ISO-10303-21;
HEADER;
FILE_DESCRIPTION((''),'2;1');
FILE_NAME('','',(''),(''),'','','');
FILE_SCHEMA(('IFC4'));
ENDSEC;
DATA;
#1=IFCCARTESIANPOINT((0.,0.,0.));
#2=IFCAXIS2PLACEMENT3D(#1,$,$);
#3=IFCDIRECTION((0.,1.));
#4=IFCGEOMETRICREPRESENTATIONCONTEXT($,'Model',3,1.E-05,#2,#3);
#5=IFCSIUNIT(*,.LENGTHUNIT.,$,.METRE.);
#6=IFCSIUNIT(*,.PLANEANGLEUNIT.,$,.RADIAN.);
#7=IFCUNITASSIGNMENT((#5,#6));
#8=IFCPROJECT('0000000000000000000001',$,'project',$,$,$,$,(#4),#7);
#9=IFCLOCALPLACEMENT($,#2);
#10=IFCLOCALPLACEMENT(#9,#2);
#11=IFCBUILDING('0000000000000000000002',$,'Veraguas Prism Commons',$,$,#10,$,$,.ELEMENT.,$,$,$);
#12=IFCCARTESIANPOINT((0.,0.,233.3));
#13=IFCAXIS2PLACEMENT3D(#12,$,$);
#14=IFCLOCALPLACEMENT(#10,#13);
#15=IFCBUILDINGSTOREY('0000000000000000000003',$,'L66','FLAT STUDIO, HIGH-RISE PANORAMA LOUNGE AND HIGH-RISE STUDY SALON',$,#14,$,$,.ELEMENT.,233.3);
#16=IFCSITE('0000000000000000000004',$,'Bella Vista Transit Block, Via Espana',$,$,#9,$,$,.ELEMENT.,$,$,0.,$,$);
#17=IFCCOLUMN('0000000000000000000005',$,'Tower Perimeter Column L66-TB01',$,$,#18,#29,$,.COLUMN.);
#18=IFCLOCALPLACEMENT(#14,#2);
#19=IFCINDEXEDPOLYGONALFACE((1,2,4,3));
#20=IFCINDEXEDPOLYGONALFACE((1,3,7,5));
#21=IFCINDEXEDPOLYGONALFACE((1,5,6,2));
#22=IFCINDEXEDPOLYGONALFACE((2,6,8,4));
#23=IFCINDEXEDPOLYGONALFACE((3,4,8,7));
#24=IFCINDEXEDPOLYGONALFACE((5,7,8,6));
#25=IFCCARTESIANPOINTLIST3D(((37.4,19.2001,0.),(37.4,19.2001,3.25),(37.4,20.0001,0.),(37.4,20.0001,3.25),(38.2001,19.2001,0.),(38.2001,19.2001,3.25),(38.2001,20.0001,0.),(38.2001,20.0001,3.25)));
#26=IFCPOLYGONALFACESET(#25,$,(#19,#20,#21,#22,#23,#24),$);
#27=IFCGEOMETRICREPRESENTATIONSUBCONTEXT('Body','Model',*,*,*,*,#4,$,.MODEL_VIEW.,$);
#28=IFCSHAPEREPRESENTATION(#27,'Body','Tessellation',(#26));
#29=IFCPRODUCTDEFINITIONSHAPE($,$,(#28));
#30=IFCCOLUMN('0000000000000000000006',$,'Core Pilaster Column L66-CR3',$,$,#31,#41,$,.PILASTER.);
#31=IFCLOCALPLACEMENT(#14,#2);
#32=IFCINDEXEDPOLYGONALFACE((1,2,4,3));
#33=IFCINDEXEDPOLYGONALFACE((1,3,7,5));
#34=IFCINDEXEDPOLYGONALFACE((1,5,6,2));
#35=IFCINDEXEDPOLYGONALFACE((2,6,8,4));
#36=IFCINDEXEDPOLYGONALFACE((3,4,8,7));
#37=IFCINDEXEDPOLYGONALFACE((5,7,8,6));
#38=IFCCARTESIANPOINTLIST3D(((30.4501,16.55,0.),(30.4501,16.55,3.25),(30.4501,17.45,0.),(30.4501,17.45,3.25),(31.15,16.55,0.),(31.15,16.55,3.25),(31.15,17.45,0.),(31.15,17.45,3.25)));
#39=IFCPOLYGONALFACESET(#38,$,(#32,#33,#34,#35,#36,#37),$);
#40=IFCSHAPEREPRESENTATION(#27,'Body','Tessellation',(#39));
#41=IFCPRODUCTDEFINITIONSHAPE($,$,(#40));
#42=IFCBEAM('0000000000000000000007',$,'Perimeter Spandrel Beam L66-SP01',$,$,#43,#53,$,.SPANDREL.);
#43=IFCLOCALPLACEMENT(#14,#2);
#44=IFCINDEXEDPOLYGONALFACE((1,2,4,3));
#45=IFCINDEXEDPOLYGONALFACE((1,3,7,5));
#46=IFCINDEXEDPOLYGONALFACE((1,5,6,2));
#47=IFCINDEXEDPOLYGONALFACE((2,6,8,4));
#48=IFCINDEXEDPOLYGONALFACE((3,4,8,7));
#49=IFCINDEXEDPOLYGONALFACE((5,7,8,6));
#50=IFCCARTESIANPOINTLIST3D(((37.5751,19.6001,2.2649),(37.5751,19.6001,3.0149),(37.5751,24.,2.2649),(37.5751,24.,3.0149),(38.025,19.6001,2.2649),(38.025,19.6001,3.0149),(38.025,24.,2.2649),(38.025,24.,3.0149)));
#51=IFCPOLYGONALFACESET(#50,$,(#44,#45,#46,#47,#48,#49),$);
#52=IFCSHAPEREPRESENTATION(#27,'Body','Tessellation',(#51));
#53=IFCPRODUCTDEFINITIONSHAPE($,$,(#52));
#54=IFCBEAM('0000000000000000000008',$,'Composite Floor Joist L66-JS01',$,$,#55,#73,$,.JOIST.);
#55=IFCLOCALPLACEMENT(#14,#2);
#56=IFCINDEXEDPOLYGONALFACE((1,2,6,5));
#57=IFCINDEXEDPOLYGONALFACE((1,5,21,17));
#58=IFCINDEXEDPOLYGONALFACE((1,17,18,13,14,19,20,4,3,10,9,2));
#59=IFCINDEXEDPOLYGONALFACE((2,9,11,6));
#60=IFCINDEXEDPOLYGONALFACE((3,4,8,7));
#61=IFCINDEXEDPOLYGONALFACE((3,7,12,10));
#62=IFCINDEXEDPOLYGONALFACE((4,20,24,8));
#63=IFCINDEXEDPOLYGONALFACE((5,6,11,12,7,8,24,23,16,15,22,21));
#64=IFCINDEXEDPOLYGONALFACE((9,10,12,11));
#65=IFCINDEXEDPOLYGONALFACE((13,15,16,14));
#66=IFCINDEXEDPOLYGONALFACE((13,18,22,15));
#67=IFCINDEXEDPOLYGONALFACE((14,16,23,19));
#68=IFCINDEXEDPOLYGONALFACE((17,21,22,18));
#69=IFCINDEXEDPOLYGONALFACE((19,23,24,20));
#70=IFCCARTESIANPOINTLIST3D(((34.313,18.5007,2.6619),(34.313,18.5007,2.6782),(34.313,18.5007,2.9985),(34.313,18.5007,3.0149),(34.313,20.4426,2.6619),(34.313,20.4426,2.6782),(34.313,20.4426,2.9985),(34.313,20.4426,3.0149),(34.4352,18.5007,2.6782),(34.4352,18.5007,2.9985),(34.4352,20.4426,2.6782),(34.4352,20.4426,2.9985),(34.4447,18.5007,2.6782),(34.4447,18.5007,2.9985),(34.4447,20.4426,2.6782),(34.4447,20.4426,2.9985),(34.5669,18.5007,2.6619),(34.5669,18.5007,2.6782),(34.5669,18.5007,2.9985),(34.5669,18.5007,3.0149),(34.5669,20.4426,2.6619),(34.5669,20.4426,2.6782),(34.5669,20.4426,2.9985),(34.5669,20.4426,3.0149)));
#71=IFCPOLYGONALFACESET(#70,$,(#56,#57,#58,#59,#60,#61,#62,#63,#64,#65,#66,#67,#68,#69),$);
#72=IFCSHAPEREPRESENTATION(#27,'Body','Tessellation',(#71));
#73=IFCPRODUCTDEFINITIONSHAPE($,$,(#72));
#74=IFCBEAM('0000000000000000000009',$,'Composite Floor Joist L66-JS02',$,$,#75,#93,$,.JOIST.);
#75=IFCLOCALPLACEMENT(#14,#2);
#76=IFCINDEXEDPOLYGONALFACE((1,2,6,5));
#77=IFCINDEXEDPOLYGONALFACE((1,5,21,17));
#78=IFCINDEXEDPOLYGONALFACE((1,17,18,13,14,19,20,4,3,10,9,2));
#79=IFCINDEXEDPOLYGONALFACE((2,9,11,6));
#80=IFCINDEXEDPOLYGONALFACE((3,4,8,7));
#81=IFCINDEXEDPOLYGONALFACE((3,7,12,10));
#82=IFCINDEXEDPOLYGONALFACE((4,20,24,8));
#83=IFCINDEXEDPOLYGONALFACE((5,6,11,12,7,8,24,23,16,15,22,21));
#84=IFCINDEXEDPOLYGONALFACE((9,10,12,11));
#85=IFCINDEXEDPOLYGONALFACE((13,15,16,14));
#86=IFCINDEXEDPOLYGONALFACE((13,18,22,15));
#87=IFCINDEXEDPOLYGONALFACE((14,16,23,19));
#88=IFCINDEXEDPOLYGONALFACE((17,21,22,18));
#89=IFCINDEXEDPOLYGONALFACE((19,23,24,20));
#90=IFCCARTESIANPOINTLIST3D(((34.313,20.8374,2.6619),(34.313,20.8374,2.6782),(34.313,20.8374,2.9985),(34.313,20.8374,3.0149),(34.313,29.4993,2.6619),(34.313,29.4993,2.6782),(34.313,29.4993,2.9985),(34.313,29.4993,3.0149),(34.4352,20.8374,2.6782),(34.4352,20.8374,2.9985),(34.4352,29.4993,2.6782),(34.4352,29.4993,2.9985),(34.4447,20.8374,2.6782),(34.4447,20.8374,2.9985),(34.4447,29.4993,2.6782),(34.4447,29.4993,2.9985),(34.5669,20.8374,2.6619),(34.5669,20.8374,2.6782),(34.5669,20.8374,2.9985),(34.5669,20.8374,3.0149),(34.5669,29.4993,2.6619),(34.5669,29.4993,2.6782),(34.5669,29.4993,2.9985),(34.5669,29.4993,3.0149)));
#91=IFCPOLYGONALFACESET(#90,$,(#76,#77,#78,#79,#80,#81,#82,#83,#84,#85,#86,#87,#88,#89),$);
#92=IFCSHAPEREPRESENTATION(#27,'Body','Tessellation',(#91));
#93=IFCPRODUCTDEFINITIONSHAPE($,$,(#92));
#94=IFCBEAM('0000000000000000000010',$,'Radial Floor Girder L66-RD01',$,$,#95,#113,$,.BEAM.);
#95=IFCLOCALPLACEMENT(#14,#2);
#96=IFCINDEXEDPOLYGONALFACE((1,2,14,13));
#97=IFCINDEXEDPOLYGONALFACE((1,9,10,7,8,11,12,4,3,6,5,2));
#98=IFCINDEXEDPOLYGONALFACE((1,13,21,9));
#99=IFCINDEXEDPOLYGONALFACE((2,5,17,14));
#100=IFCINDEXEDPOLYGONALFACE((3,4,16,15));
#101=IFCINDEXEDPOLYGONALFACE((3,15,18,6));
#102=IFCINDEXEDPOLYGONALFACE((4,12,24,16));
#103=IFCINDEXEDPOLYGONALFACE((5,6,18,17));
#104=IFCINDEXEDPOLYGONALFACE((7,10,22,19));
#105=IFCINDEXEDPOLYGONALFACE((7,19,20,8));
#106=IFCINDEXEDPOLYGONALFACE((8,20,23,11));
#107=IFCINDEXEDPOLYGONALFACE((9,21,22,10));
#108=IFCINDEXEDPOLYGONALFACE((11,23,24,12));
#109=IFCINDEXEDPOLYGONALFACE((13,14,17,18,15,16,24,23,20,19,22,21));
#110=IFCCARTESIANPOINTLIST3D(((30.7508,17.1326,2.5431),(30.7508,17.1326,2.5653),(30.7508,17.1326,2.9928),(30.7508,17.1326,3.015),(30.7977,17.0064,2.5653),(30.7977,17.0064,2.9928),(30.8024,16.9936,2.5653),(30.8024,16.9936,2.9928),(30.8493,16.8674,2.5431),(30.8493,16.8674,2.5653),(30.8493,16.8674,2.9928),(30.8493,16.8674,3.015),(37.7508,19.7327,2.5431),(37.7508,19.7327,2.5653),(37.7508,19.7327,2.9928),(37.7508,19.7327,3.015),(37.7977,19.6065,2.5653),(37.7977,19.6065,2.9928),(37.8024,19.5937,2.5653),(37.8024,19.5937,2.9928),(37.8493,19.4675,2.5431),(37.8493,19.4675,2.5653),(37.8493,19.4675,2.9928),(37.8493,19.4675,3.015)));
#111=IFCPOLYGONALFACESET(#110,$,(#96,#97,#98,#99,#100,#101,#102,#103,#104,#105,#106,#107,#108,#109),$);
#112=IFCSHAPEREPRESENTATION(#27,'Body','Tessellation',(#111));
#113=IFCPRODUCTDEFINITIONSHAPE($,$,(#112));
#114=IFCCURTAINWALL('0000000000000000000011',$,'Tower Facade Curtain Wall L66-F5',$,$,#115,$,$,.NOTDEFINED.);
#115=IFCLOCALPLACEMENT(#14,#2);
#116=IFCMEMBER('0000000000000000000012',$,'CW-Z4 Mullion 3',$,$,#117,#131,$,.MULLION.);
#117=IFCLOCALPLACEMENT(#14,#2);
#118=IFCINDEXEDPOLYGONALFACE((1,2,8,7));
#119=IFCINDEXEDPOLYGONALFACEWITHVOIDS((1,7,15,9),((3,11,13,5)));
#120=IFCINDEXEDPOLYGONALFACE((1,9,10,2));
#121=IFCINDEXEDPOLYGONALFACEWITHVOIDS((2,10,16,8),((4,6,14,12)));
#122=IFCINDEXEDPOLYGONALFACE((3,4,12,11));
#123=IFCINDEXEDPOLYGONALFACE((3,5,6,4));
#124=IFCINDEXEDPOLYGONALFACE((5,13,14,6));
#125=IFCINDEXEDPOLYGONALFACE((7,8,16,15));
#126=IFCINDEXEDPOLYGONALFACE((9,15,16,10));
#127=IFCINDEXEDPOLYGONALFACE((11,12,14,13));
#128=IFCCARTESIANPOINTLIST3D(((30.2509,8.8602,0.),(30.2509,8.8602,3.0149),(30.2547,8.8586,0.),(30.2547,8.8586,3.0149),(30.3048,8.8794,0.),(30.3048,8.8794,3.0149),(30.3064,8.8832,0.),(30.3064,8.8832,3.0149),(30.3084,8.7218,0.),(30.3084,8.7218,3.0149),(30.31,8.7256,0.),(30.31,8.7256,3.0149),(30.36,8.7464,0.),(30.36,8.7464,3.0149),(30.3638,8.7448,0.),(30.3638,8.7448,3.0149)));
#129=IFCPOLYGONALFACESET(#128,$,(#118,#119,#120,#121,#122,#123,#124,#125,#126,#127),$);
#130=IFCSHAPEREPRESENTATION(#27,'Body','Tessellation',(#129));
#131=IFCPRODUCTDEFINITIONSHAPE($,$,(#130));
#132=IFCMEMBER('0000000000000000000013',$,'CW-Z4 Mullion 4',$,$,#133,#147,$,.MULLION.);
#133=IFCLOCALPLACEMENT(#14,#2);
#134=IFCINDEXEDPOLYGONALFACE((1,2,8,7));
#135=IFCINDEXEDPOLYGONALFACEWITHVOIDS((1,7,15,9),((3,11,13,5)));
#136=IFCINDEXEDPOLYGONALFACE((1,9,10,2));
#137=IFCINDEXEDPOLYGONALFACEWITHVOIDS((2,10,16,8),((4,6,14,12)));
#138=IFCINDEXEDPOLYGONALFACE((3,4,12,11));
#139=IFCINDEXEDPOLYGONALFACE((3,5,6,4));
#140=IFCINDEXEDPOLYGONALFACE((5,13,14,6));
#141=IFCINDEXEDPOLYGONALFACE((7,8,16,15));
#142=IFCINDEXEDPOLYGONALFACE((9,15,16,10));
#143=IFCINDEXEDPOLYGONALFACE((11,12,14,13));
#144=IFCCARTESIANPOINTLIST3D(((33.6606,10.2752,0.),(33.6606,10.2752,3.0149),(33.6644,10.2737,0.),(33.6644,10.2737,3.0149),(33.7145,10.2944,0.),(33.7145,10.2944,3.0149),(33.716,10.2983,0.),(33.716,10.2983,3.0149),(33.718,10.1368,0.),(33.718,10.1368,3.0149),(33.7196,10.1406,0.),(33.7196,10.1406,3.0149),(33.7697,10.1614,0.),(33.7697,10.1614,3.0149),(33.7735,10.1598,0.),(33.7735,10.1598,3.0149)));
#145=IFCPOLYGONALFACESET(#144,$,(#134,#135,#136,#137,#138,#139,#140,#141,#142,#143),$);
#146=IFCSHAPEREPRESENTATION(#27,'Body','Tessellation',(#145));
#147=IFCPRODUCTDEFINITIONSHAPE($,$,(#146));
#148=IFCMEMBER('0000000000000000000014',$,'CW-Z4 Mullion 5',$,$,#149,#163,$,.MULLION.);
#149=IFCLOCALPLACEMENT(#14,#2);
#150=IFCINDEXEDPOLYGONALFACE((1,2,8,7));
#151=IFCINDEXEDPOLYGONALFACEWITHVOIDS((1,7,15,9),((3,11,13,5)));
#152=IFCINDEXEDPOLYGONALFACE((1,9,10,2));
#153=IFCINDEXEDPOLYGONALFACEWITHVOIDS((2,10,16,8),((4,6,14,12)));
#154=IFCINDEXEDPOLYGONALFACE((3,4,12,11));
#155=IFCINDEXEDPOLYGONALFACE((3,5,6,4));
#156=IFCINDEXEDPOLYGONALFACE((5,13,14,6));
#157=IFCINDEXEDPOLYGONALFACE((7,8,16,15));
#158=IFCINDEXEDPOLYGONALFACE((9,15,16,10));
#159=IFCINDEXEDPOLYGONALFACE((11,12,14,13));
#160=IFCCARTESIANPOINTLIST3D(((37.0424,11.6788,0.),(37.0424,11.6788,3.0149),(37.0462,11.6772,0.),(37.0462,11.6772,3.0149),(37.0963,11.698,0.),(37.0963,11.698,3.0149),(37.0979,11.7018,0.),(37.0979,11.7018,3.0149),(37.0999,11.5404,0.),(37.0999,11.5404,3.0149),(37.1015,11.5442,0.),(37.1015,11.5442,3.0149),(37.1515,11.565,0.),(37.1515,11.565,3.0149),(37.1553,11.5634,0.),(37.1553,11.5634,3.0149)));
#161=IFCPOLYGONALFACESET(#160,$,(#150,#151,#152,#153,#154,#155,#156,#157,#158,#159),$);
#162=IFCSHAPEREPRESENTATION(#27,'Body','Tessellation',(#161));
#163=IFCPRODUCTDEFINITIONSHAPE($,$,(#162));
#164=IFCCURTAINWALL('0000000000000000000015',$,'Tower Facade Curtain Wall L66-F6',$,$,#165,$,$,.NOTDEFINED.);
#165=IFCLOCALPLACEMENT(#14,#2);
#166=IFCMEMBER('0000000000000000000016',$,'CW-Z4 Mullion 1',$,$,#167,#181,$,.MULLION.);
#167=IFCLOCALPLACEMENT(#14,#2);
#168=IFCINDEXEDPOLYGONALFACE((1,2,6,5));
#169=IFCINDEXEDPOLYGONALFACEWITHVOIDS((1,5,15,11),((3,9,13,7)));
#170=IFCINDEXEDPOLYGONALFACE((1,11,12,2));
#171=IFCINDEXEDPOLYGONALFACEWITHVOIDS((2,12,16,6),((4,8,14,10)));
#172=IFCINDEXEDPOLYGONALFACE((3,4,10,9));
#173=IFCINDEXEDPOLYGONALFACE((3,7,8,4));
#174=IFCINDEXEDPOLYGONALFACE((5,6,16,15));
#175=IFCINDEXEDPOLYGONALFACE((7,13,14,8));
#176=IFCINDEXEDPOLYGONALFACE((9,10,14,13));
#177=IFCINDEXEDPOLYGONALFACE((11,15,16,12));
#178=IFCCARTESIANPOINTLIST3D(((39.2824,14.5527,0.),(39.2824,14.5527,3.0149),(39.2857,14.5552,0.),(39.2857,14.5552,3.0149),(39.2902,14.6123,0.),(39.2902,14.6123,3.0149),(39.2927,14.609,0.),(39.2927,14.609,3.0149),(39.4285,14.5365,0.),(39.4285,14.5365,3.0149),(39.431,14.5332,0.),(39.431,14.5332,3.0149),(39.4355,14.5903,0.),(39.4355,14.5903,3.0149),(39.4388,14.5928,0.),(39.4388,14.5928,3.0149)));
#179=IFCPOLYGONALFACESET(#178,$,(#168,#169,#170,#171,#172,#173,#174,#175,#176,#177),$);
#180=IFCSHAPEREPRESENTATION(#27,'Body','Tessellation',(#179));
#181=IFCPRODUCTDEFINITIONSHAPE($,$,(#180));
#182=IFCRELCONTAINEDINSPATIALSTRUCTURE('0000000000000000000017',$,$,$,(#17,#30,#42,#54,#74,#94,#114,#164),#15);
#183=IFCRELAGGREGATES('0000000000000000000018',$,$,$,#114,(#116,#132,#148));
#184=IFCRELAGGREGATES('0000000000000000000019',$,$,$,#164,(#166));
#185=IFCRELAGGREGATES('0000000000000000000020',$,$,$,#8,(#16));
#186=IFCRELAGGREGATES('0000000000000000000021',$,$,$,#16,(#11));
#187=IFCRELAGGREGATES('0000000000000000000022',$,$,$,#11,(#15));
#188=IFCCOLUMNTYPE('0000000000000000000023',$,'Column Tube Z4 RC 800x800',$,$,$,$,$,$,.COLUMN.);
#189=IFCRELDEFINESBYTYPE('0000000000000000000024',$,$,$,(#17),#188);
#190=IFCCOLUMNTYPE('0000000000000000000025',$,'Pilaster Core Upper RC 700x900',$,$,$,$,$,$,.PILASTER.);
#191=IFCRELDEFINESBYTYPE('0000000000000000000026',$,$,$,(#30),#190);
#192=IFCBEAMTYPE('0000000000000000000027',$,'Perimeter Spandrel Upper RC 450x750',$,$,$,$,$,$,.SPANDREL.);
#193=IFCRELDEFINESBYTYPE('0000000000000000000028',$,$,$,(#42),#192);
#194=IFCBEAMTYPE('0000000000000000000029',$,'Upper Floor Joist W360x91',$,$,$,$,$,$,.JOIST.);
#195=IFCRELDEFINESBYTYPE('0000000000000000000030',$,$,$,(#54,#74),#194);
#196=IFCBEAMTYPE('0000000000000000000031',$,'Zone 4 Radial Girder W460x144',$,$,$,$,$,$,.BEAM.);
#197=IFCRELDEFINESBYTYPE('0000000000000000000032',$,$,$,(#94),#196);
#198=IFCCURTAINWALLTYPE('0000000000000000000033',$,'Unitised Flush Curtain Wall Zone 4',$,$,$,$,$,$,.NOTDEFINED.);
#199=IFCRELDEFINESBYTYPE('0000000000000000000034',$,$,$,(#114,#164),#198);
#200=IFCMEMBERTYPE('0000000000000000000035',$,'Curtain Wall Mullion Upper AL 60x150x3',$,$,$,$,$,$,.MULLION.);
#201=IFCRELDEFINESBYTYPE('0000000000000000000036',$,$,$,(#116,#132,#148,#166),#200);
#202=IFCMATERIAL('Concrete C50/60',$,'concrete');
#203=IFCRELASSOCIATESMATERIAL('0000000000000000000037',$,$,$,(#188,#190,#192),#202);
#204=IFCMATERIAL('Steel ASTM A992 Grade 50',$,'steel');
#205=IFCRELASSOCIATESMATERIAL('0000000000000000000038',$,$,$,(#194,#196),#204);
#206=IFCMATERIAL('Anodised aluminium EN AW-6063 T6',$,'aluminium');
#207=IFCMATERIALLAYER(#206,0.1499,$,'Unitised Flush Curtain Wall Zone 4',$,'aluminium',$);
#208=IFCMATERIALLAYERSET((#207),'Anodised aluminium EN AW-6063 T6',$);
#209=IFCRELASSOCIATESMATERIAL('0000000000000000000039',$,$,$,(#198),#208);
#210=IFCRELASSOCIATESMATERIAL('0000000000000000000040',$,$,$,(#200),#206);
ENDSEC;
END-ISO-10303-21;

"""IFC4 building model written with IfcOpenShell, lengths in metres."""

from ifc_helpers import new_model, si_unit, direction, frame, origin, origin_2d, place, context, subcontext, project, spatial, rectangle, hollow_rectangle, i_section, extrude, source, transform, mapped, material, layer, layer_set, material_profile, profile_set, type_object, element, aggregate, save


model = new_model("IFC4")

# Units and contexts
model_context = context("Model", 3, precision=1e-05, world=origin(), true_north=direction((0.0, 1.0)))
body_context = subcontext(model_context, "Body", "Model", "MODEL_VIEW")
ifc_project = project(units=[si_unit("LENGTHUNIT", "METRE"), si_unit("PLANEANGLEUNIT", "RADIAN")], contexts=[model_context])

# Site, building, storey
site_placement = place(None, origin())
site = spatial("IfcSite", under=ifc_project, at=site_placement, Name="Bella Vista Transit Block, Via Espana", CompositionType="ELEMENT", RefElevation=0.0)
building_placement = place(site_placement, origin())
building = spatial("IfcBuilding", under=site, at=building_placement, Name="Veraguas Prism Commons", CompositionType="ELEMENT")
storey_placement = place(building_placement, frame((0.0, 0.0, 233.3)))
storey = spatial("IfcBuildingStorey", under=building, at=storey_placement, Name="L66", Description="FLAT STUDIO, HIGH-RISE PANORAMA LOUNGE AND HIGH-RISE STUDY SALON", CompositionType="ELEMENT", Elevation=233.3)

# Columns
ifc_material_1 = material(Name="Concrete C50/60", Category="concrete")
ifc_material_profile_1 = material_profile(ifc_material_1, rectangle(XDim=0.8, YDim=0.8, at=origin_2d()), Name="RC800X800")
ifc_profile_set_1 = profile_set([ifc_material_profile_1], Name="Concrete C50/60")
column_type_1 = type_object("IfcColumnType", Name="Column Tube Z4 RC 800x800", PredefinedType="COLUMN", material=ifc_profile_set_1)
column_1_placement = place(storey_placement, frame((37.8, 19.6001, 0.0), z_axis=(0.0, 0.0, 1.0), x_axis=(1.0, 0.0, 0.0)))
element("IfcColumn", 1, at=column_1_placement, inside=storey, type_object=column_type_1, Name="Tower Perimeter Column L66-TB01", PredefinedType="COLUMN", context=body_context, shape_type="SweptSolid", body=[
    extrude(rectangle(XDim=0.8, YDim=0.8, at=origin_2d()), origin(), (0.0, 0.0, 1.0), 3.25),
])
ifc_material_profile_2 = material_profile(ifc_material_1, rectangle(XDim=0.7, YDim=0.8999, at=origin_2d()), Name="RC700X900")
ifc_profile_set_2 = profile_set([ifc_material_profile_2], Name="Concrete C50/60")
column_type_2 = type_object("IfcColumnType", Name="Pilaster Core Upper RC 700x900", PredefinedType="PILASTER", material=ifc_profile_set_2)
column_2_placement = place(storey_placement, frame((30.8, 17.0, 0.0), z_axis=(0.0, 0.0, 1.0), x_axis=(1.0, 0.0, 0.0)))
element("IfcColumn", 2, at=column_2_placement, inside=storey, type_object=column_type_2, Name="Core Pilaster Column L66-CR3", PredefinedType="PILASTER", context=body_context, shape_type="SweptSolid", body=[
    extrude(rectangle(XDim=0.7, YDim=0.8999, at=origin_2d()), origin(), (0.0, 0.0, 1.0), 3.25),
])

# Beams
ifc_material_profile_3 = material_profile(ifc_material_1, rectangle(XDim=0.45, YDim=0.75, at=origin_2d()), Name="RC450X750")
ifc_profile_set_3 = profile_set([ifc_material_profile_3], Name="Concrete C50/60")
beam_type_1 = type_object("IfcBeamType", Name="Perimeter Spandrel Upper RC 450x750", PredefinedType="SPANDREL", material=ifc_profile_set_3)
beam_1_placement = place(storey_placement, frame((37.8, 19.6001, 2.6399), z_axis=(0.0, 1.0, 0.0), x_axis=(-1.0, 0.0, 0.0)))
element("IfcBeam", 3, at=beam_1_placement, inside=storey, type_object=beam_type_1, Name="Perimeter Spandrel Beam L66-SP01", PredefinedType="SPANDREL", context=body_context, shape_type="SweptSolid", body=[
    extrude(rectangle(XDim=0.45, YDim=0.75, at=origin_2d()), origin(), (0.0, 0.0, 1.0), 4.3999),
])
ifc_material_2 = material(Name="Steel ASTM A992 Grade 50", Category="steel")
ifc_material_profile_4 = material_profile(ifc_material_2, i_section(OverallWidth=0.2539, OverallDepth=0.353, WebThickness=0.0095, FlangeThickness=0.0164, at=origin_2d()), Name="W360X91")
ifc_profile_set_4 = profile_set([ifc_material_profile_4], Name="Steel ASTM A992 Grade 50")
beam_type_2 = type_object("IfcBeamType", Name="Upper Floor Joist W360x91", PredefinedType="JOIST", material=ifc_profile_set_4)
beam_2_placement = place(storey_placement, frame((34.4399, 18.5007, 2.8384), z_axis=(0.0, 1.0, 0.0), x_axis=(-1.0, 0.0, 0.0)))
element("IfcBeam", 4, at=beam_2_placement, inside=storey, type_object=beam_type_2, Name="Composite Floor Joist L66-JS01", PredefinedType="JOIST", context=body_context, shape_type="SweptSolid", body=[
    extrude(i_section(OverallWidth=0.2539, OverallDepth=0.353, WebThickness=0.0095, FlangeThickness=0.0164, at=origin_2d()), origin(), (0.0, 0.0, 1.0), 1.9419),
])
beam_3_placement = place(storey_placement, frame((34.4399, 20.8374, 2.8384), z_axis=(0.0, 1.0, 0.0), x_axis=(-1.0, 0.0, 0.0)))
element("IfcBeam", 5, at=beam_3_placement, inside=storey, type_object=beam_type_2, Name="Composite Floor Joist L66-JS02", PredefinedType="JOIST", context=body_context, shape_type="SweptSolid", body=[
    extrude(i_section(OverallWidth=0.2539, OverallDepth=0.353, WebThickness=0.0095, FlangeThickness=0.0164, at=origin_2d()), origin(), (0.0, 0.0, 1.0), 8.6619),
])
ifc_material_profile_5 = material_profile(ifc_material_2, i_section(OverallWidth=0.283, OverallDepth=0.4719, WebThickness=0.0137, FlangeThickness=0.0222, at=origin_2d()), Name="W460X144")
ifc_profile_set_5 = profile_set([ifc_material_profile_5], Name="Steel ASTM A992 Grade 50")
beam_type_3 = type_object("IfcBeamType", Name="Zone 4 Radial Girder W460x144", PredefinedType="BEAM", material=ifc_profile_set_5)
beam_4_placement = place(storey_placement, frame((37.8, 19.6001, 2.7791), z_axis=(-0.937421, -0.348198, 0.0), x_axis=(0.348198, -0.937421, 0.0)))
element("IfcBeam", 6, at=beam_4_placement, inside=storey, type_object=beam_type_3, Name="Radial Floor Girder L66-RD01", PredefinedType="BEAM", context=body_context, shape_type="SweptSolid", body=[
    extrude(i_section(OverallWidth=0.283, OverallDepth=0.4719, WebThickness=0.0137, FlangeThickness=0.0222, at=origin_2d()), origin(), (0.0, 0.0, 1.0), 7.4673),
])

# Curtain walls, members
ifc_material_3 = material(Name="Anodised aluminium EN AW-6063 T6", Category="aluminium")
ifc_layer_1 = layer(ifc_material_3, 0.1499, Name="Unitised Flush Curtain Wall Zone 4", Category="aluminium")
ifc_layer_set_1 = layer_set([ifc_layer_1], Name="Anodised aluminium EN AW-6063 T6")
curtain_wall_type = type_object("IfcCurtainWallType", Name="Unitised Flush Curtain Wall Zone 4", PredefinedType="NOTDEFINED", material=ifc_layer_set_1)
curtain_wall_1_placement = place(storey_placement, origin())
curtain_wall_1 = element("IfcCurtainWall", 7, at=curtain_wall_1_placement, inside=storey, type_object=curtain_wall_type, Name="Tower Facade Curtain Wall L66-F5", PredefinedType="NOTDEFINED")
ifc_material_profile_6 = material_profile(ifc_material_3, hollow_rectangle(XDim=0.0601, YDim=0.1499, WallThickness=0.0029, at=origin_2d()), Name="AL60X150X3")
ifc_profile_set_6 = profile_set([ifc_material_profile_6], Name="Anodised aluminium EN AW-6063 T6")
member_type_1 = type_object("IfcMemberType", Name="Curtain Wall Mullion Upper AL 60x150x3", PredefinedType="MULLION", material=ifc_profile_set_6)
shared_shape_1 = source(origin(), body_context, "Body", "SweptSolid", [
    extrude(hollow_rectangle(XDim=0.0601, YDim=0.1499, WallThickness=0.0029, at=origin_2d()), origin(), (0.0, 0.0, 1.0), 3.0149),
])
member_1_placement = place(storey_placement, frame((30.3074, 8.8025, 0.0), z_axis=(0.0, 0.0, 1.0), x_axis=(0.923615, 0.383322, 0.0)))
member_1 = element("IfcMember", 8, at=member_1_placement, type_object=member_type_1, Name="CW-Z4 Mullion 3", PredefinedType="MULLION", context=body_context, shape_type="MappedRepresentation", body=[
    mapped(shared_shape_1, transform((0.0, 0.0, 0.0), scale=1.0)),
])
member_2_placement = place(storey_placement, frame((33.717, 10.2175, 0.0), z_axis=(0.0, 0.0, 1.0), x_axis=(0.923615, 0.383322, 0.0)))
member_2 = element("IfcMember", 9, at=member_2_placement, type_object=member_type_1, Name="CW-Z4 Mullion 4", PredefinedType="MULLION", context=body_context, shape_type="MappedRepresentation", body=[
    mapped(shared_shape_1, transform((0.0, 0.0, 0.0), scale=1.0)),
])
member_3_placement = place(storey_placement, frame((37.0989, 11.6211, 0.0), z_axis=(0.0, 0.0, 1.0), x_axis=(0.923615, 0.383322, 0.0)))
member_3 = element("IfcMember", 10, at=member_3_placement, type_object=member_type_1, Name="CW-Z4 Mullion 5", PredefinedType="MULLION", context=body_context, shape_type="MappedRepresentation", body=[
    mapped(shared_shape_1, transform((0.0, 0.0, 0.0), scale=1.0)),
])
curtain_wall_2_placement = place(storey_placement, origin())
curtain_wall_2 = element("IfcCurtainWall", 11, at=curtain_wall_2_placement, inside=storey, type_object=curtain_wall_type, Name="Tower Facade Curtain Wall L66-F6", PredefinedType="NOTDEFINED")
member_4_placement = place(storey_placement, frame((39.3606, 14.5728, 0.0), z_axis=(0.0, 0.0, 1.0), x_axis=(0.129836, 0.991536, 0.0)))
member_4 = element("IfcMember", 12, at=member_4_placement, type_object=member_type_1, Name="CW-Z4 Mullion 1", PredefinedType="MULLION", context=body_context, shape_type="MappedRepresentation", body=[
    mapped(shared_shape_1, transform((0.0, 0.0, 0.0), scale=1.0)),
])

aggregate(curtain_wall_1, [member_1, member_2, member_3])
aggregate(curtain_wall_2, [member_4])

save(model, "model.ifc")
